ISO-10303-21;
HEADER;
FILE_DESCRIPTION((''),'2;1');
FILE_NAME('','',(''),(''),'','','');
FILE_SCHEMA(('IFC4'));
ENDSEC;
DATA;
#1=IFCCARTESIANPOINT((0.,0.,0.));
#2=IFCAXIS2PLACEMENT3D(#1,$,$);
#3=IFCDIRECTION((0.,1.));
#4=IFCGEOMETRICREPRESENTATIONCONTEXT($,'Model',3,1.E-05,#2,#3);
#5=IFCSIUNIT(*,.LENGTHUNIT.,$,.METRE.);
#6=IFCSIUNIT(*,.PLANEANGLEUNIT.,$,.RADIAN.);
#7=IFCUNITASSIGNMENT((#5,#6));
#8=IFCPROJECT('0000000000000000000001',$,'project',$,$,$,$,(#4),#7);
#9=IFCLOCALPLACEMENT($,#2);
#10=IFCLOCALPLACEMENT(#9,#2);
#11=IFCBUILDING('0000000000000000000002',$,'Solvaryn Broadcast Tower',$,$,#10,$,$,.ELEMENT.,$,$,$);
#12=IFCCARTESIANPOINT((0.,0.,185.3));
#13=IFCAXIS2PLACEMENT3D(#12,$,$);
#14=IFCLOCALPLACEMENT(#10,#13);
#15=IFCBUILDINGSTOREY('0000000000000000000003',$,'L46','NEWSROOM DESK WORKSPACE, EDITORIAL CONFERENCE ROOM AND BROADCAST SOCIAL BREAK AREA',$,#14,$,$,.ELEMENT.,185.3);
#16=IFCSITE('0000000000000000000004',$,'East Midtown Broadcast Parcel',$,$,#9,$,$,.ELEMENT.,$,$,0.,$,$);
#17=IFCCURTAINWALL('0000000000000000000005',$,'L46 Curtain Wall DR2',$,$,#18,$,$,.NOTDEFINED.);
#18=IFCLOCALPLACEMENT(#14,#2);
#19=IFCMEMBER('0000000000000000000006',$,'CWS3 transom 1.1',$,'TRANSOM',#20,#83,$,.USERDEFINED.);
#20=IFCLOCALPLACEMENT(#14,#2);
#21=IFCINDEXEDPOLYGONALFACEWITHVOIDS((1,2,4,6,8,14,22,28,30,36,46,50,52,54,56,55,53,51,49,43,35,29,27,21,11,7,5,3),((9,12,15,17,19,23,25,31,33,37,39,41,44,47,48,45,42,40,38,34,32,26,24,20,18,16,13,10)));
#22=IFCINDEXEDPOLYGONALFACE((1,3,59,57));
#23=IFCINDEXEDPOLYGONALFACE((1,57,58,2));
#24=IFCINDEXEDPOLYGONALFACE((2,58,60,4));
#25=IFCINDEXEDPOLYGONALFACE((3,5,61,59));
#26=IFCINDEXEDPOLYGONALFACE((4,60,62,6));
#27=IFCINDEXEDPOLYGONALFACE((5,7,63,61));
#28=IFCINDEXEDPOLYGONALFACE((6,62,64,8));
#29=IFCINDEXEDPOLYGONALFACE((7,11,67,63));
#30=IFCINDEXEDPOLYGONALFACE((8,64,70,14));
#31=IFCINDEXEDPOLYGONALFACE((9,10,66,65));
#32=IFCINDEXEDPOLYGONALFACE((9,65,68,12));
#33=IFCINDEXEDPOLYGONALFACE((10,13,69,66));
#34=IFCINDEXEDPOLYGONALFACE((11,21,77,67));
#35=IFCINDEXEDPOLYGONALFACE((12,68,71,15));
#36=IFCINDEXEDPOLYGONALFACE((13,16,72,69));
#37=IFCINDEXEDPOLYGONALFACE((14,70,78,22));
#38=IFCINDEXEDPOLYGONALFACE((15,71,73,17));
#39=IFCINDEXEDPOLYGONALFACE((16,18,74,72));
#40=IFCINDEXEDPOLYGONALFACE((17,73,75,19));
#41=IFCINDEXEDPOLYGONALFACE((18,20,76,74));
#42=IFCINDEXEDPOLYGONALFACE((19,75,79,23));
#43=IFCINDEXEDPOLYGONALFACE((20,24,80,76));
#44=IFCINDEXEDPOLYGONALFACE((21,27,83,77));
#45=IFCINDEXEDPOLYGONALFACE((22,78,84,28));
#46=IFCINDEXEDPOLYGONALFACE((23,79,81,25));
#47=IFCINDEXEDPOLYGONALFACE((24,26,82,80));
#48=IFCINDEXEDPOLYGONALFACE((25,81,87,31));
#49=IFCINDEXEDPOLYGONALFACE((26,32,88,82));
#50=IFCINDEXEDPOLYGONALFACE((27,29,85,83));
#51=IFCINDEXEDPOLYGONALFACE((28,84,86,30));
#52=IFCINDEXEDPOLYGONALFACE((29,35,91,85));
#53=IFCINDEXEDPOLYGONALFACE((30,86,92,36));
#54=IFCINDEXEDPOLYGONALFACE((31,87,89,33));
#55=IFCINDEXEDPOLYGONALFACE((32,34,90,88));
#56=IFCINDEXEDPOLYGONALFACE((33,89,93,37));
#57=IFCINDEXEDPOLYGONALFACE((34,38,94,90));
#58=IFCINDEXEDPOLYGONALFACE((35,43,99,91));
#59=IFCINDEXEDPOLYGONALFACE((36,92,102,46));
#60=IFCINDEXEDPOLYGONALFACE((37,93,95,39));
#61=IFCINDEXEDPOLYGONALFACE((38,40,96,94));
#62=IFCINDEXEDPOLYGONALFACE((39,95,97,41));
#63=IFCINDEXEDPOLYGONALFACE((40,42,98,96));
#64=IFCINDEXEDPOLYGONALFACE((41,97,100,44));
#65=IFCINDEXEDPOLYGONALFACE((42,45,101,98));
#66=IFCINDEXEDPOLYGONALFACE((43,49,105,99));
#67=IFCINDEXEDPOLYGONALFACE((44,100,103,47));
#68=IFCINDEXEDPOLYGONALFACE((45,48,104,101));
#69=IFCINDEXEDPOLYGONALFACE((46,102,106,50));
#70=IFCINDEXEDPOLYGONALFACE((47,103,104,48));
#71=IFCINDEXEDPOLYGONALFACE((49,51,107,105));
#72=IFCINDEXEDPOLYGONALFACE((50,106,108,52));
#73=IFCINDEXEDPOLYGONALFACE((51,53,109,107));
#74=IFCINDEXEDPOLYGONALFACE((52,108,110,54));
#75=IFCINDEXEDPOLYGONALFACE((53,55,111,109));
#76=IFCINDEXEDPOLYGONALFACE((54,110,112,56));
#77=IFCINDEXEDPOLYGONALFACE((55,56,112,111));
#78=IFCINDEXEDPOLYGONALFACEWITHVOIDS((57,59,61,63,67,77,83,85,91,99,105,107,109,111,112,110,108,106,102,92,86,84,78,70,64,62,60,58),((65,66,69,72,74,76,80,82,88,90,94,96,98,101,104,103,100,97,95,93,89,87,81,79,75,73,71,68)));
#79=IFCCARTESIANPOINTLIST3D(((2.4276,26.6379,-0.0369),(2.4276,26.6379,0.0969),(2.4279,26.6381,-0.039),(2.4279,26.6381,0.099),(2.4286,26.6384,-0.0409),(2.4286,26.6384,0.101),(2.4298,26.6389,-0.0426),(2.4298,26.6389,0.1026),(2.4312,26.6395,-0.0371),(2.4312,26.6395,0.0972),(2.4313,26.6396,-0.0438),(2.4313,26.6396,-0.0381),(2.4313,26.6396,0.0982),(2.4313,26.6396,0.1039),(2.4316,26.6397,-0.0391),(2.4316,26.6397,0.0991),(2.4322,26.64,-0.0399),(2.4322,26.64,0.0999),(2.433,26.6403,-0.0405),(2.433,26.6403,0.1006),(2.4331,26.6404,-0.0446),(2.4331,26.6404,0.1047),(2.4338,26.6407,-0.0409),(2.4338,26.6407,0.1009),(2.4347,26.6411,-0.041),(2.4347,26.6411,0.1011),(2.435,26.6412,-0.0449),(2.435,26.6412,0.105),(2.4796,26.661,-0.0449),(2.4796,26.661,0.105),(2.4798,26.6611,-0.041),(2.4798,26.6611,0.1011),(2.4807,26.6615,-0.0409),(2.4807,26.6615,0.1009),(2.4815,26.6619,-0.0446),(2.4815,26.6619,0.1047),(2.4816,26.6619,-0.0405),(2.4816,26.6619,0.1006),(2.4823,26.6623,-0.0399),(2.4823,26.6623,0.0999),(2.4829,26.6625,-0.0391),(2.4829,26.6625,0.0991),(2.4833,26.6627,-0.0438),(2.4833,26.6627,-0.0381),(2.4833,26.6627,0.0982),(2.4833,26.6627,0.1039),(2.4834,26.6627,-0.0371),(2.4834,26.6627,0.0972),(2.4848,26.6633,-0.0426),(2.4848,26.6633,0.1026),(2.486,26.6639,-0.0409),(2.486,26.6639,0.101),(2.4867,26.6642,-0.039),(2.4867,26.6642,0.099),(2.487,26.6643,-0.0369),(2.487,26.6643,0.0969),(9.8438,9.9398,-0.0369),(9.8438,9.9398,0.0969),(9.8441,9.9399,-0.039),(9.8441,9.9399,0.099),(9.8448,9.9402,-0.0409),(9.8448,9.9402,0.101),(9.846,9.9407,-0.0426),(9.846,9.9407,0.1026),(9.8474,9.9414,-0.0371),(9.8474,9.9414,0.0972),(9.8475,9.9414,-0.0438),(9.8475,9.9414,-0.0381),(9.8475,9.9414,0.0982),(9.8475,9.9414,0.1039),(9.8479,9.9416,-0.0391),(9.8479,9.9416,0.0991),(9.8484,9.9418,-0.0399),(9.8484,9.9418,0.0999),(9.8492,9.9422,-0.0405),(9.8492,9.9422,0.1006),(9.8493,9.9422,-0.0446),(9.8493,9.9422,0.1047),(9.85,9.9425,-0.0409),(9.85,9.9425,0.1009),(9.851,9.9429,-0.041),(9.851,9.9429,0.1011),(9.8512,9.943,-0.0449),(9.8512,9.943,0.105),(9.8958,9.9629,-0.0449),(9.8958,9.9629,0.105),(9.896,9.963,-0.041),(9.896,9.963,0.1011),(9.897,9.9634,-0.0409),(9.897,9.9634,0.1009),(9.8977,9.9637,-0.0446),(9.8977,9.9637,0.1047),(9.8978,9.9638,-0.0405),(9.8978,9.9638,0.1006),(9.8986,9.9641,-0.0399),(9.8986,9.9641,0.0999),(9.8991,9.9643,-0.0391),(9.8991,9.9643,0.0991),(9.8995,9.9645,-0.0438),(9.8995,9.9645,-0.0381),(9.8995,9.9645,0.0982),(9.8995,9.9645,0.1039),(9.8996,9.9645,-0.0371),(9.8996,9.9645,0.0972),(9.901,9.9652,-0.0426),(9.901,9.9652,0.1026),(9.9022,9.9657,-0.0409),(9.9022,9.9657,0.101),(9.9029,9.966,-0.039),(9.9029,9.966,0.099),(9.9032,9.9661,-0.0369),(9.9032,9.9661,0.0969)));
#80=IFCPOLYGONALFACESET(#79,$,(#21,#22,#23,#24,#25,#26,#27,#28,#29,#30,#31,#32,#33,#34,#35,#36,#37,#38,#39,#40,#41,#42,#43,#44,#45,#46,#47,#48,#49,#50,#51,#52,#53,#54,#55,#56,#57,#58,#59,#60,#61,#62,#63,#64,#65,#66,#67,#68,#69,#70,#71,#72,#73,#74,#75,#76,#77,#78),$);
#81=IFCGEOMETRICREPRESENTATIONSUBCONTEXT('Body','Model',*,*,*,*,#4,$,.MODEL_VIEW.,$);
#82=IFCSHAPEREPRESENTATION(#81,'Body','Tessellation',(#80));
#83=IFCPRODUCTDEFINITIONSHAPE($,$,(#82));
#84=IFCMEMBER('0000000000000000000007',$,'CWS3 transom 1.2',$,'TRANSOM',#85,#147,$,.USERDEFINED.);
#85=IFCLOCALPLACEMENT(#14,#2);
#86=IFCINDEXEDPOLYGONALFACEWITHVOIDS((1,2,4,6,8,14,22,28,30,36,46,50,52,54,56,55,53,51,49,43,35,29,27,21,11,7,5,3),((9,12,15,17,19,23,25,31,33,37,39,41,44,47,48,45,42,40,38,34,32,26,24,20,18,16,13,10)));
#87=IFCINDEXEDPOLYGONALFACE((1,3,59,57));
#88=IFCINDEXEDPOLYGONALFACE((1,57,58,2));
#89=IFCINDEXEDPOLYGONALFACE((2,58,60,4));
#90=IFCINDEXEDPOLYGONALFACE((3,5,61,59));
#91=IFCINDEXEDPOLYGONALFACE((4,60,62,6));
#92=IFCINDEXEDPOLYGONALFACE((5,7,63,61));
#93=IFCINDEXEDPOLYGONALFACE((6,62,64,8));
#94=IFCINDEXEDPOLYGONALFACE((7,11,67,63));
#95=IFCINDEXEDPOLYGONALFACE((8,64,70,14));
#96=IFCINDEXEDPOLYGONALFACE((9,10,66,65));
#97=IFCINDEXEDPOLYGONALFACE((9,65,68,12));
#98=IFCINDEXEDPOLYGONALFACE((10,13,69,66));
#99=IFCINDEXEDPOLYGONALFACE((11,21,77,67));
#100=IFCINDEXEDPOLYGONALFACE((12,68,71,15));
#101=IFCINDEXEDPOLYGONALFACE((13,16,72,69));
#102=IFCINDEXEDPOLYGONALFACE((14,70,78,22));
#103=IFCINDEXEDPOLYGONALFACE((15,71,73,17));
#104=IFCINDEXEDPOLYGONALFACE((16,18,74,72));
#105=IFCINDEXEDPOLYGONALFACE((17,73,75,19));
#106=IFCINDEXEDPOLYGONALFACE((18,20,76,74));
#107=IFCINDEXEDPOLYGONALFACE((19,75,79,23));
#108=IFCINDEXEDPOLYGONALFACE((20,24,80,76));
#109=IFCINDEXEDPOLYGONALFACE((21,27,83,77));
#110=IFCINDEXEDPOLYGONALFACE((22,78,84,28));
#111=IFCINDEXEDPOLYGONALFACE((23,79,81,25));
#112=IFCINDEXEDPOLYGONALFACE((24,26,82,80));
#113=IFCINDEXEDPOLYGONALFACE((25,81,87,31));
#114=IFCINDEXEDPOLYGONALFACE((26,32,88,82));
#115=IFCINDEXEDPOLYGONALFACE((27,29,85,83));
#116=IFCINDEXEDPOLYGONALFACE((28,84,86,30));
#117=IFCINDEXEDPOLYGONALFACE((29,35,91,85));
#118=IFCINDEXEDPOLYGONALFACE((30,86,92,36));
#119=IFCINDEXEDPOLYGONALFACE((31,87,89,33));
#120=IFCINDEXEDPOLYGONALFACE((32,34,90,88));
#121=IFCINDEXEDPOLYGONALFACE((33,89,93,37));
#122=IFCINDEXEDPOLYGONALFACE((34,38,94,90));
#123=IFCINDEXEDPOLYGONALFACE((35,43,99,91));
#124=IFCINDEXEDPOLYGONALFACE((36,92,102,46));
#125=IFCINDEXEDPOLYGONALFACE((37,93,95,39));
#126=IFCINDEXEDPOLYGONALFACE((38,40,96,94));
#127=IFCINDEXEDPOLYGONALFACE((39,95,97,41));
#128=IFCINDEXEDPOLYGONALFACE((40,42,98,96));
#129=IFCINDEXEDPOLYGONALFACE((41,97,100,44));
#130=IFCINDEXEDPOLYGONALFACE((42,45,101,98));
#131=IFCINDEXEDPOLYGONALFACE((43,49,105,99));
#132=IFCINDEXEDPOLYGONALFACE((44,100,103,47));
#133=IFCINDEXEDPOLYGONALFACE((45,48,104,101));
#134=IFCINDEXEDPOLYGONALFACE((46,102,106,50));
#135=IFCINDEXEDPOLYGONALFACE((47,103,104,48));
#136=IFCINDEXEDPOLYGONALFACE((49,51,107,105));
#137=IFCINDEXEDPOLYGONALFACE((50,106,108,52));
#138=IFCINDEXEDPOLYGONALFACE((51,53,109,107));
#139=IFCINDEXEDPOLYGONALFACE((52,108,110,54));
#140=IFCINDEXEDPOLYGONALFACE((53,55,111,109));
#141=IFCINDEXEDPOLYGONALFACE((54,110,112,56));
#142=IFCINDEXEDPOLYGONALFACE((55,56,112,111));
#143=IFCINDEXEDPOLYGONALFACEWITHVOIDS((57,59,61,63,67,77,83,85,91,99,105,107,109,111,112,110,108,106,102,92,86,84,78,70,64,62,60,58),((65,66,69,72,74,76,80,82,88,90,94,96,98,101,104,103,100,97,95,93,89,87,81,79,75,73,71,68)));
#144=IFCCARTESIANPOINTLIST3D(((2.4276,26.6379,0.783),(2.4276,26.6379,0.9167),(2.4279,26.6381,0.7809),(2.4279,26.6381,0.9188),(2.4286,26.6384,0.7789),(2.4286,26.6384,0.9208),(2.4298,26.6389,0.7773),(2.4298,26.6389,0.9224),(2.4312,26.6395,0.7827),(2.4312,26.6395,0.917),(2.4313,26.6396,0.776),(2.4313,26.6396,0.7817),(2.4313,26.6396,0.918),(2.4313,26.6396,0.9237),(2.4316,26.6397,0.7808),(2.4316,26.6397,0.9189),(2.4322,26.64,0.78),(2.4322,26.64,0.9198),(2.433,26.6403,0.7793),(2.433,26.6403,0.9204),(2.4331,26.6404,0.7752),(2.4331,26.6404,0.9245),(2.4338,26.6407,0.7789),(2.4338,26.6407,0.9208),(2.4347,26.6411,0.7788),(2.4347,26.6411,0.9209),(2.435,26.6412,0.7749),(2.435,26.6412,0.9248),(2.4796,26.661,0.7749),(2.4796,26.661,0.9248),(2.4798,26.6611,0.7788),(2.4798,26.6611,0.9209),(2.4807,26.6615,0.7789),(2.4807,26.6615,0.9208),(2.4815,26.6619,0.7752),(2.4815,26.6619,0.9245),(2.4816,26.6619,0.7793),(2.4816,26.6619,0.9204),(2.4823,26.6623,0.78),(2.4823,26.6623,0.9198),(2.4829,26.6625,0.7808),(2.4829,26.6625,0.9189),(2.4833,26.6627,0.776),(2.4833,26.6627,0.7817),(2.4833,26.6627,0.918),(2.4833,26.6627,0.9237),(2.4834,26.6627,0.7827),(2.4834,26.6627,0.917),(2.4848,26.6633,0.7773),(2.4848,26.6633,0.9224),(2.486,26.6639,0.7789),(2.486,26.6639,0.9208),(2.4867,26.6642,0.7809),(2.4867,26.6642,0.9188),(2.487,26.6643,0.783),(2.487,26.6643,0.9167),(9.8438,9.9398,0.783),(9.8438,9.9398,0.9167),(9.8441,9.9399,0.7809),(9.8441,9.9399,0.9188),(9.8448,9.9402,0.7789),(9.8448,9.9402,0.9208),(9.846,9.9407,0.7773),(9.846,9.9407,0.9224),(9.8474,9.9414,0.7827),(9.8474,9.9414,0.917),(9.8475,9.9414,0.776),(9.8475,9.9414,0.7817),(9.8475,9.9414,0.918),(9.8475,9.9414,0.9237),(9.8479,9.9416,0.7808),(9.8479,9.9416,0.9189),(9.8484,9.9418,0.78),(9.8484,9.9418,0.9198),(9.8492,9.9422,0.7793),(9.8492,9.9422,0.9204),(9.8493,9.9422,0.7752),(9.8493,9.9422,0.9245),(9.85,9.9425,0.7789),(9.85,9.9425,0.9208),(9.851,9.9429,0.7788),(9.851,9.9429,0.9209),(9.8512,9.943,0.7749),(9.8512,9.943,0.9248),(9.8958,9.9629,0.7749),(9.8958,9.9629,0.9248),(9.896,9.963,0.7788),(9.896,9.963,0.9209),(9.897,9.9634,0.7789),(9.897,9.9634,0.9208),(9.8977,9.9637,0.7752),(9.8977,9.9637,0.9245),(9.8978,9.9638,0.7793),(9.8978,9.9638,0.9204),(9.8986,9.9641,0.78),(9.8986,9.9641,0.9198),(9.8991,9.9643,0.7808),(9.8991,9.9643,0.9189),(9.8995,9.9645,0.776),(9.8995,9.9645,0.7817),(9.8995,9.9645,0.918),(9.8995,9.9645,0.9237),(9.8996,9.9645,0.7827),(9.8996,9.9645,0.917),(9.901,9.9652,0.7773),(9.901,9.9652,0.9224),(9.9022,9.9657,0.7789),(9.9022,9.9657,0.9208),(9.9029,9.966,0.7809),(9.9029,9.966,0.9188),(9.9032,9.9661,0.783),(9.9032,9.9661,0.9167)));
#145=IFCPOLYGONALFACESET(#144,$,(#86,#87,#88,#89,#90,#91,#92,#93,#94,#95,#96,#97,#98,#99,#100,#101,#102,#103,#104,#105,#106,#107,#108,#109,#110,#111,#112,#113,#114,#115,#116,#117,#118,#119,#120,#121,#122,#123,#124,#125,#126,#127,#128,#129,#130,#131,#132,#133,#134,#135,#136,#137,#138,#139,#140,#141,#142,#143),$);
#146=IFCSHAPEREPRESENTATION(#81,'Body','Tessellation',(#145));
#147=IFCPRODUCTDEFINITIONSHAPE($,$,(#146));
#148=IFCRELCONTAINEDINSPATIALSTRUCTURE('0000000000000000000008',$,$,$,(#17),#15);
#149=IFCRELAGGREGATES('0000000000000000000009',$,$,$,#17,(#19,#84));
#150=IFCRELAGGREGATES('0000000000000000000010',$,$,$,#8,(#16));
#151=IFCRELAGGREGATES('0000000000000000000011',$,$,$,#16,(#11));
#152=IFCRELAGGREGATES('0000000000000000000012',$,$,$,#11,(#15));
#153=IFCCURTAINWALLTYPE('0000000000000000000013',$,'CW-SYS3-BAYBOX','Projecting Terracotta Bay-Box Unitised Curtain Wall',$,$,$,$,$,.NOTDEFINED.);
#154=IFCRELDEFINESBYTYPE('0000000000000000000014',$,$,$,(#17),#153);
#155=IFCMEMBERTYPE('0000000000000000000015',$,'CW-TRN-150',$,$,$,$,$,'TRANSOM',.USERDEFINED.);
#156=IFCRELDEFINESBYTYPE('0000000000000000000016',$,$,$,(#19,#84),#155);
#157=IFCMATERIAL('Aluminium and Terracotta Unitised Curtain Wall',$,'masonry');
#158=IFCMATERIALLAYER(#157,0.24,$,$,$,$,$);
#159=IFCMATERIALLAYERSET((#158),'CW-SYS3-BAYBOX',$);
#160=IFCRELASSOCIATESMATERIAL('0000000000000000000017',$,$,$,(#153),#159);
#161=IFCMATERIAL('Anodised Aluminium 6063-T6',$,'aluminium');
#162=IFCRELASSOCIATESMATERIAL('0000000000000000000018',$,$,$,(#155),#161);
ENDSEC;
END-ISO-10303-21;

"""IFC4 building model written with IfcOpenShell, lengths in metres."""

from ifc_helpers import new_model, si_unit, direction, frame, origin, origin_2d, place, context, subcontext, project, spatial, hollow_rectangle, extrude, material, layer, layer_set, material_profile, profile_set, type_object, element, aggregate, save


model = new_model("IFC4")

# Units and contexts
model_context = context("Model", 3, precision=1e-05, world=origin(), true_north=direction((0.0, 1.0)))
body_context = subcontext(model_context, "Body", "Model", "MODEL_VIEW")
ifc_project = project(units=[si_unit("LENGTHUNIT", "METRE"), si_unit("PLANEANGLEUNIT", "RADIAN")], contexts=[model_context])

# Site, building, storey
site_placement = place(None, origin())
site = spatial("IfcSite", under=ifc_project, at=site_placement, Name="East Midtown Broadcast Parcel", CompositionType="ELEMENT", RefElevation=0.0)
building_placement = place(site_placement, origin())
building = spatial("IfcBuilding", under=site, at=building_placement, Name="Solvaryn Broadcast Tower", CompositionType="ELEMENT")
storey_placement = place(building_placement, frame((0.0, 0.0, 185.3)))
storey = spatial("IfcBuildingStorey", under=building, at=storey_placement, Name="L46", Description="NEWSROOM DESK WORKSPACE, EDITORIAL CONFERENCE ROOM AND BROADCAST SOCIAL BREAK AREA", CompositionType="ELEMENT", Elevation=185.3)

# Curtain wall, members
ifc_material_1 = material(Name="Aluminium and Terracotta Unitised Curtain Wall", Category="masonry")
ifc_layer_1 = layer(ifc_material_1, 0.24)
ifc_layer_set_1 = layer_set([ifc_layer_1], Name="CW-SYS3-BAYBOX")
curtain_wall_type_1 = type_object("IfcCurtainWallType", Name="CW-SYS3-BAYBOX", Description="Projecting Terracotta Bay-Box Unitised Curtain Wall", PredefinedType="NOTDEFINED", material=ifc_layer_set_1)
curtain_wall_1_placement = place(storey_placement, origin())
curtain_wall_1 = element("IfcCurtainWall", 1, at=curtain_wall_1_placement, inside=storey, type_object=curtain_wall_type_1, Name="L46 Curtain Wall DR2", PredefinedType="NOTDEFINED")
ifc_material_2 = material(Name="Anodised Aluminium 6063-T6", Category="aluminium")
ifc_material_profile_1 = material_profile(ifc_material_2, hollow_rectangle(XDim=0.0649, YDim=0.1499, WallThickness=0.0039, InnerFilletRadius=0.0039, OuterFilletRadius=0.0081, at=origin_2d()))
ifc_profile_set_1 = profile_set([ifc_material_profile_1], Name="Anodised Aluminium 6063-T6")
member_type_1 = type_object("IfcMemberType", Name="CW-TRN-150", ElementType="TRANSOM", PredefinedType="USERDEFINED", material=ifc_profile_set_1)
member_1_placement = place(storey_placement, frame((2.4573, 26.6511, 0.03), z_axis=(0.405902, -0.913917, 0.0), x_axis=(0.913917, 0.405902, 0.0)))
member_1 = element("IfcMember", 2, at=member_1_placement, type_object=member_type_1, Name="CWS3 transom 1.1", ObjectType="TRANSOM", PredefinedType="USERDEFINED", context=body_context, shape_type="SweptSolid", body=[
    extrude(hollow_rectangle(XDim=0.0649, YDim=0.1499, WallThickness=0.0039, InnerFilletRadius=0.0039, OuterFilletRadius=0.0081, at=origin_2d()), origin(), (0.0, 0.0, 1.0), 18.271),
])
member_2_placement = place(storey_placement, frame((2.4573, 26.6511, 0.8499), z_axis=(0.405902, -0.913917, 0.0), x_axis=(0.913917, 0.405902, 0.0)))
member_2 = element("IfcMember", 3, at=member_2_placement, type_object=member_type_1, Name="CWS3 transom 1.2", ObjectType="TRANSOM", PredefinedType="USERDEFINED", context=body_context, shape_type="SweptSolid", body=[
    extrude(hollow_rectangle(XDim=0.0649, YDim=0.1499, WallThickness=0.0039, InnerFilletRadius=0.0039, OuterFilletRadius=0.0081, at=origin_2d()), origin(), (0.0, 0.0, 1.0), 18.271),
])
aggregate(curtain_wall_1, [member_1, member_2])

save(model, "model.ifc")
